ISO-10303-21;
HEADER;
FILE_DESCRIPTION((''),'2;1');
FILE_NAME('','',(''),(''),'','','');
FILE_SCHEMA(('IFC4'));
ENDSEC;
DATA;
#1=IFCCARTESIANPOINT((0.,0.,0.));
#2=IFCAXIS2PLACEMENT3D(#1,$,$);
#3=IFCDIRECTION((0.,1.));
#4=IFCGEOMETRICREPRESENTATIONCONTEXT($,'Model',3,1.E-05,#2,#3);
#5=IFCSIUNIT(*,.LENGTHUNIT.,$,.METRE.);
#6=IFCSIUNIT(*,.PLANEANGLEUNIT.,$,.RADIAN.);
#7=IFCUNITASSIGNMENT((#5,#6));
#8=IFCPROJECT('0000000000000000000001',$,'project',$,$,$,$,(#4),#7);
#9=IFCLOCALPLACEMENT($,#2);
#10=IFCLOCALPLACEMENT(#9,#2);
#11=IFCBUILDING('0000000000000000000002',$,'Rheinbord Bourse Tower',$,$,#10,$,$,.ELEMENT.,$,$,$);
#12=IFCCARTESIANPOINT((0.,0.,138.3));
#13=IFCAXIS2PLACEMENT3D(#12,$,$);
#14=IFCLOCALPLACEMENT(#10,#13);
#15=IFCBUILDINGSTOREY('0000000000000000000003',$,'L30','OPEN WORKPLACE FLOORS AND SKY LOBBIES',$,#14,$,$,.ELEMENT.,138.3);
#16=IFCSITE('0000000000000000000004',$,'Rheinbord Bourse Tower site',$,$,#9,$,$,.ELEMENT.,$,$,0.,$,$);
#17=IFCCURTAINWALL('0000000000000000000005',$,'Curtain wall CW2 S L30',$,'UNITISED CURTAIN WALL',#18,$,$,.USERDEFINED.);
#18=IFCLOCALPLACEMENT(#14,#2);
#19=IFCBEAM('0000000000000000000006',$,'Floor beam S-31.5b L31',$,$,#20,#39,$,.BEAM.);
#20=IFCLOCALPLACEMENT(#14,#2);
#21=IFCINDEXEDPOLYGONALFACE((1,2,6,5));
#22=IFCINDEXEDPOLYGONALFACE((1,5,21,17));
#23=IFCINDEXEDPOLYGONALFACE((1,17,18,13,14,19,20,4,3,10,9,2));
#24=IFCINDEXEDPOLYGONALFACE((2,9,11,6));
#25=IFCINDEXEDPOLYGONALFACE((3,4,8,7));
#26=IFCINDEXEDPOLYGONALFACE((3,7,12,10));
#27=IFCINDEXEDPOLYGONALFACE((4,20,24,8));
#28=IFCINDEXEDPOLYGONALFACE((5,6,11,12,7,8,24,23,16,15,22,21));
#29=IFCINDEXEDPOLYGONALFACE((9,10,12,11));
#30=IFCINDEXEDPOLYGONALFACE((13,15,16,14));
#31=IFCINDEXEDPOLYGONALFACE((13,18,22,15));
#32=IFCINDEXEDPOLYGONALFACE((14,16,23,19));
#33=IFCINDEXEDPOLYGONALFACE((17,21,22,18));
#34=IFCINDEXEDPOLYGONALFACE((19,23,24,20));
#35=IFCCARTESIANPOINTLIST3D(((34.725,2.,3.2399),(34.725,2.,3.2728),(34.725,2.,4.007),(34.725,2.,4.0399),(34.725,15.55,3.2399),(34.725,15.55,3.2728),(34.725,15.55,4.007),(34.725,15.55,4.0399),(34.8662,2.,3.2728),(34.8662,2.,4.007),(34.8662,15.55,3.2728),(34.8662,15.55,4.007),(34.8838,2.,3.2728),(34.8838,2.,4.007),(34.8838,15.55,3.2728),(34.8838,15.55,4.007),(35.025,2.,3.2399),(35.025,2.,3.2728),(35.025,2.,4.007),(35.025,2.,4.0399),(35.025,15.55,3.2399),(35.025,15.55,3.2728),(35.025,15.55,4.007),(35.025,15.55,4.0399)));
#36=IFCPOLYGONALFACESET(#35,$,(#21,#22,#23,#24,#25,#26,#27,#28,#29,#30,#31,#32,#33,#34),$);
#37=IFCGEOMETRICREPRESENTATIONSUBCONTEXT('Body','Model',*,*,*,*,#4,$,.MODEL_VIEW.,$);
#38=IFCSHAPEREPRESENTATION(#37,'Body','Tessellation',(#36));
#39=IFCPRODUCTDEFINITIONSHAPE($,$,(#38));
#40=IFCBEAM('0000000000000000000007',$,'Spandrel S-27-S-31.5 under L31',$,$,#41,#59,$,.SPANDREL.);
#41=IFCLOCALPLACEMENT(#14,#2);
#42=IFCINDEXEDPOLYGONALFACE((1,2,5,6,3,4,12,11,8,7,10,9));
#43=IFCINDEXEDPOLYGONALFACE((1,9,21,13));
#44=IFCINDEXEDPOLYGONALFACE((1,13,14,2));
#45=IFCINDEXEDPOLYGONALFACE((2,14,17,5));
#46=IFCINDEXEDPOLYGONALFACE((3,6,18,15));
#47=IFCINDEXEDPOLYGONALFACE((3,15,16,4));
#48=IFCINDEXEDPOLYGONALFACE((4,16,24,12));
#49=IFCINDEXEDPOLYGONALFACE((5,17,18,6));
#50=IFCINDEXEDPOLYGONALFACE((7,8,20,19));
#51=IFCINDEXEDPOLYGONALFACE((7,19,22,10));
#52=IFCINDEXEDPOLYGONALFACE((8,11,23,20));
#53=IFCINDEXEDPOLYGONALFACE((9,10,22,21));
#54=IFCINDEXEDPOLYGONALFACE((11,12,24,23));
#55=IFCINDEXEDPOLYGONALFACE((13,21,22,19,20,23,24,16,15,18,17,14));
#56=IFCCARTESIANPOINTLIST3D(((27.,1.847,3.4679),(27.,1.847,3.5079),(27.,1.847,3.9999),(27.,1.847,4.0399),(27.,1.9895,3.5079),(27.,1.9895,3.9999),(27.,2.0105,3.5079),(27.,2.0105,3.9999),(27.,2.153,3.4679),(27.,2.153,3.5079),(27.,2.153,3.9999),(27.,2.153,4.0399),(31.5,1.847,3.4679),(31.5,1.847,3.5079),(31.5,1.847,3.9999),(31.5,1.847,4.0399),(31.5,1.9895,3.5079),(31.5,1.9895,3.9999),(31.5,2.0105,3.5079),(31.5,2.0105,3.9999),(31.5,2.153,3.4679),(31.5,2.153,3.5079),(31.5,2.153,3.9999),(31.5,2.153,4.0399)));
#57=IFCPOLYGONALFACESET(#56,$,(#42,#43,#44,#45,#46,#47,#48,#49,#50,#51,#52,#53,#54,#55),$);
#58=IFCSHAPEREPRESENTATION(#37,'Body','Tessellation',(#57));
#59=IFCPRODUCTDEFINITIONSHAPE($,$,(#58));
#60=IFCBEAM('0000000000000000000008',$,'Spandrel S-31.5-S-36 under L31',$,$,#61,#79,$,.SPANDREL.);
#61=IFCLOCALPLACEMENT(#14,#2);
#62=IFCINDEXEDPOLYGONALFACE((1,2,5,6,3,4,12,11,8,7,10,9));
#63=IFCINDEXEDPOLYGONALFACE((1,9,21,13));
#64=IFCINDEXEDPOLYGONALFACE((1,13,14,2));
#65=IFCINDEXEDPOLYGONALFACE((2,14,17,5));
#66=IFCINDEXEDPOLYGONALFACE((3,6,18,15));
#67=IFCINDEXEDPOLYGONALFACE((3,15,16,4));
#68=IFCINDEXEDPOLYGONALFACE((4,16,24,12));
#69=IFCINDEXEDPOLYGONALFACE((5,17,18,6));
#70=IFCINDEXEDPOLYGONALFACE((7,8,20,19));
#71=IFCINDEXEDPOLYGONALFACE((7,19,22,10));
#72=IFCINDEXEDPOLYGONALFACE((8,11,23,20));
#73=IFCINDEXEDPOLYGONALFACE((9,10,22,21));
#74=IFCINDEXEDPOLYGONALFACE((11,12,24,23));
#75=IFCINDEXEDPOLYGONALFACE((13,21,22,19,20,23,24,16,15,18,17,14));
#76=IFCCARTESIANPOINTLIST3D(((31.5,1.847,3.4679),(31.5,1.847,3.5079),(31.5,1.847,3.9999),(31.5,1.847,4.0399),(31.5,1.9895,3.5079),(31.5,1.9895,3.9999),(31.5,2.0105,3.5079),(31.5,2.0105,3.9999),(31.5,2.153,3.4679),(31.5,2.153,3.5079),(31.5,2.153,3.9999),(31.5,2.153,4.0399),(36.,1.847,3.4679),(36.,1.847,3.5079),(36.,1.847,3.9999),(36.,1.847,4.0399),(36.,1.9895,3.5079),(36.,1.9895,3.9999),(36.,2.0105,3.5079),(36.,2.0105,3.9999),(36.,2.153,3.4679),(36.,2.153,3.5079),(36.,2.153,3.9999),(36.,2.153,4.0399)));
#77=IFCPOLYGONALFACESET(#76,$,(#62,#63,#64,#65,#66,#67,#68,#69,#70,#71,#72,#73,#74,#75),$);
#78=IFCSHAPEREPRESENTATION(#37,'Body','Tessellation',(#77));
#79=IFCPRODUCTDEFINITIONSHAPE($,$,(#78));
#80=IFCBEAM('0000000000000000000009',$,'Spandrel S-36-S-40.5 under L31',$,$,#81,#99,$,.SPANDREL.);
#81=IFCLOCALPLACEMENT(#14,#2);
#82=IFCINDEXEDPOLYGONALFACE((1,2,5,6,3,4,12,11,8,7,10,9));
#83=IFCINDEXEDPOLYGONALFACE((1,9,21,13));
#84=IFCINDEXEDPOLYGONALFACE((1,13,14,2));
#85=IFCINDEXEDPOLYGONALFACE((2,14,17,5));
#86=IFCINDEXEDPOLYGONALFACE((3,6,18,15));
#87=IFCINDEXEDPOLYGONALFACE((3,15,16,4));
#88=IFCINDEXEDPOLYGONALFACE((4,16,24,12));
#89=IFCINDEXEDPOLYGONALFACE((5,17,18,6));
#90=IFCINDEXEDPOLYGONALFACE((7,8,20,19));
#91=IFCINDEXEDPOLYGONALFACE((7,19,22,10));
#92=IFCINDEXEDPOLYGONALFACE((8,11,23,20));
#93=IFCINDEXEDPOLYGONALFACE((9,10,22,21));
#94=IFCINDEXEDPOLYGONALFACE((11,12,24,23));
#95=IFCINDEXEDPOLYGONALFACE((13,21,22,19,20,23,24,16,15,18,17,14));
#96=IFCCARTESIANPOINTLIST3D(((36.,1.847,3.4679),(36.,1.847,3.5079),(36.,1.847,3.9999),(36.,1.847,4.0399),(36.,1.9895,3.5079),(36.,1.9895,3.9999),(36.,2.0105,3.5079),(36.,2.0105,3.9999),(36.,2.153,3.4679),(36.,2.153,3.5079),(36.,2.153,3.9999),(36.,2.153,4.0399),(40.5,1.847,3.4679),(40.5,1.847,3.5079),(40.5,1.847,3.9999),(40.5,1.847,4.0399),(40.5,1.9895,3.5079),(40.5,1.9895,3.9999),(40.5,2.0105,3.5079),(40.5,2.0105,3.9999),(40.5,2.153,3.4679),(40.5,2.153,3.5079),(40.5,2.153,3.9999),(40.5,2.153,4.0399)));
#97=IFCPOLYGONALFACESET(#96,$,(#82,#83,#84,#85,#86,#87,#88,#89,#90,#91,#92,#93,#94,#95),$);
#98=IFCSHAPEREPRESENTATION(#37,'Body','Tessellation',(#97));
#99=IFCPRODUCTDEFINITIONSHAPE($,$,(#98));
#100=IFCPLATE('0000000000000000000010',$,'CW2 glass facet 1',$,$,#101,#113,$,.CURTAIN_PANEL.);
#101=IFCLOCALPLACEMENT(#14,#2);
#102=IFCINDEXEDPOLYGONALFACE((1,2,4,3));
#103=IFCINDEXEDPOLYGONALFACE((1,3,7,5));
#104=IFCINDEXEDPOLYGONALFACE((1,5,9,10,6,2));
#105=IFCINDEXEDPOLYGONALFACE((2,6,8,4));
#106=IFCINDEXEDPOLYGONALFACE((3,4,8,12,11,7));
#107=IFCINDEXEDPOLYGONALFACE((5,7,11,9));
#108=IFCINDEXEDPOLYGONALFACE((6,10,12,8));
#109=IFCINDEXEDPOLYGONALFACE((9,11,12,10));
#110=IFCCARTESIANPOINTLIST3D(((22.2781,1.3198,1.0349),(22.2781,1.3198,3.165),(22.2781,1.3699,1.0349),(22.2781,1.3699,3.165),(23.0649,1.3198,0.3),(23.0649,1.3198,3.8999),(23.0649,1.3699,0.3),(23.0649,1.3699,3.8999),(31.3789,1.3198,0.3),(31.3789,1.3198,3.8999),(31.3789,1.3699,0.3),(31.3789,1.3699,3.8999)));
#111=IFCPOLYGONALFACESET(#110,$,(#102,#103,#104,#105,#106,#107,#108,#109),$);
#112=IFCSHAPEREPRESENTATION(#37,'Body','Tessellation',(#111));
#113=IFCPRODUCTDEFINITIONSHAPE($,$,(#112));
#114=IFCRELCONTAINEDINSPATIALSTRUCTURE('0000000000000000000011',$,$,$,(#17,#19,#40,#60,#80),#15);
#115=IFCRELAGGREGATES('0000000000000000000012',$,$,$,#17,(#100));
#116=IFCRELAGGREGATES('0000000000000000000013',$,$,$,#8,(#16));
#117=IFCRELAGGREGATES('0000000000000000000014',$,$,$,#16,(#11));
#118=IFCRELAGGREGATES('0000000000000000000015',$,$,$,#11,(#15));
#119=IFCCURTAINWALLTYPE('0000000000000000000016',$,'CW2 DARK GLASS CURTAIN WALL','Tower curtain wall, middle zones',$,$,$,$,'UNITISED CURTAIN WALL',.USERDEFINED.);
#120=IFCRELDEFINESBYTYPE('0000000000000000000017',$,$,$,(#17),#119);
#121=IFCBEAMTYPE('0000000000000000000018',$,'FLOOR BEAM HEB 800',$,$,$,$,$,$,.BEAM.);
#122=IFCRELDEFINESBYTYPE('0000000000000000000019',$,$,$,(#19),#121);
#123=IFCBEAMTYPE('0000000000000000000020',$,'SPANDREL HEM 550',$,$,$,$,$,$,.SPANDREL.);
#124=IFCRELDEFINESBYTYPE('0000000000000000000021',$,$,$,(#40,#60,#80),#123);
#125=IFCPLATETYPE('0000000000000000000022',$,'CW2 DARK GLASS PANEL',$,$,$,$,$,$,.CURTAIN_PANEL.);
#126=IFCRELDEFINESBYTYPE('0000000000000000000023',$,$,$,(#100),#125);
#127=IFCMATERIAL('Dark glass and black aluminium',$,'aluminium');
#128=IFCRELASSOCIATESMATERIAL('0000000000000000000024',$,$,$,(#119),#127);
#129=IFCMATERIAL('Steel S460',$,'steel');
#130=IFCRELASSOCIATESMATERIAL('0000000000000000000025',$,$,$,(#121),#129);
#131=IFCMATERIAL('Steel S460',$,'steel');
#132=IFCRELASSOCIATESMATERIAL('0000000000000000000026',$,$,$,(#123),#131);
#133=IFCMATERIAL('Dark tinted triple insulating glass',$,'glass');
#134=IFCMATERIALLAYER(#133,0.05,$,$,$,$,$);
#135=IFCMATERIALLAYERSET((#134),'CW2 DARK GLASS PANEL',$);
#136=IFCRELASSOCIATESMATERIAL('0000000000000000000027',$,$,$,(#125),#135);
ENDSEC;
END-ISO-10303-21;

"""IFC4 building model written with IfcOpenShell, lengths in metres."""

from ifc_helpers import new_model, si_unit, direction, frame, origin, origin_2d, place, context, subcontext, project, spatial, polyline, i_section, outline, extrude, material, layer, layer_set, material_profile, profile_set, type_object, element, aggregate, save


model = new_model("IFC4")

# Units and contexts
model_context = context("Model", 3, precision=1e-05, world=origin(), true_north=direction((0.0, 1.0)))
body_context = subcontext(model_context, "Body", "Model", "MODEL_VIEW")
ifc_project = project(units=[si_unit("LENGTHUNIT", "METRE"), si_unit("PLANEANGLEUNIT", "RADIAN")], contexts=[model_context])

# Site, building, storey
site_placement = place(None, origin())
site = spatial("IfcSite", under=ifc_project, at=site_placement, Name="Rheinbord Bourse Tower site", CompositionType="ELEMENT", RefElevation=0.0)
building_placement = place(site_placement, origin())
building = spatial("IfcBuilding", under=site, at=building_placement, Name="Rheinbord Bourse Tower", CompositionType="ELEMENT")
storey_placement = place(building_placement, frame((0.0, 0.0, 138.3)))
storey = spatial("IfcBuildingStorey", under=building, at=storey_placement, Name="L30", Description="OPEN WORKPLACE FLOORS AND SKY LOBBIES", CompositionType="ELEMENT", Elevation=138.3)

# Curtain wall
ifc_material_1 = material(Name="Dark glass and black aluminium", Category="aluminium")
curtain_wall_type = type_object("IfcCurtainWallType", Name="CW2 DARK GLASS CURTAIN WALL", Description="Tower curtain wall, middle zones", ElementType="UNITISED CURTAIN WALL", PredefinedType="USERDEFINED", material=ifc_material_1)
curtain_wall_placement = place(storey_placement, origin())
curtain_wall = element("IfcCurtainWall", 1, at=curtain_wall_placement, inside=storey, type_object=curtain_wall_type, Name="Curtain wall CW2 S L30", ObjectType="UNITISED CURTAIN WALL", PredefinedType="USERDEFINED")

# Beams
ifc_material_2 = material(Name="Steel S460", Category="steel")
ifc_material_profile_1 = material_profile(ifc_material_2, i_section(OverallWidth=0.3, OverallDepth=0.8, WebThickness=0.0176, FlangeThickness=0.033, at=origin_2d()), Name="HEB 800")
ifc_profile_set_1 = profile_set([ifc_material_profile_1], Name="Steel S460")
beam_type_1 = type_object("IfcBeamType", Name="FLOOR BEAM HEB 800", PredefinedType="BEAM", material=ifc_profile_set_1)
for number, where, z_axis, x_axis, name in (
    (2, (34.875, 2.0, 3.6399), (0.0, 1.0, 0.0), (-1.0, 0.0, 0.0), "Floor beam S-31.5b L31"),
):
    element("IfcBeam", number, at=place(storey_placement, frame(where, z_axis=z_axis, x_axis=x_axis)), inside=storey, type_object=beam_type_1, Name=name, PredefinedType="BEAM", context=body_context, shape_type="SweptSolid", body=[
        extrude(i_section(OverallWidth=0.3, OverallDepth=0.8, WebThickness=0.0176, FlangeThickness=0.033, at=origin_2d()), origin(), (0.0, 0.0, 1.0), 13.55),
    ])
ifc_material_3 = material(Name="Steel S460", Category="steel")
ifc_material_profile_2 = material_profile(ifc_material_3, i_section(OverallWidth=0.3059, OverallDepth=0.572, WebThickness=0.021, FlangeThickness=0.04, at=origin_2d()), Name="HEM 550")
ifc_profile_set_2 = profile_set([ifc_material_profile_2], Name="Steel S460")
beam_type_2 = type_object("IfcBeamType", Name="SPANDREL HEM 550", PredefinedType="SPANDREL", material=ifc_profile_set_2)
for number, where, z_axis, x_axis, name in (
    (3, (27.0, 2.0, 3.7539), (1.0, 0.0, 0.0), (0.0, 1.0, 0.0), "Spandrel S-27-S-31.5 under L31"),
    (4, (31.5, 2.0, 3.7539), (1.0, 0.0, 0.0), (0.0, 1.0, 0.0), "Spandrel S-31.5-S-36 under L31"),
    (5, (36.0, 2.0, 3.7539), (1.0, 0.0, 0.0), (0.0, 1.0, 0.0), "Spandrel S-36-S-40.5 under L31"),
):
    element("IfcBeam", number, at=place(storey_placement, frame(where, z_axis=z_axis, x_axis=x_axis)), inside=storey, type_object=beam_type_2, Name=name, PredefinedType="SPANDREL", context=body_context, shape_type="SweptSolid", body=[
        extrude(i_section(OverallWidth=0.3059, OverallDepth=0.572, WebThickness=0.021, FlangeThickness=0.04, at=origin_2d()), origin(), (0.0, 0.0, 1.0), 4.5),
    ])

# Plate
ifc_material_4 = material(Name="Dark tinted triple insulating glass", Category="glass")
ifc_layer = layer(ifc_material_4, 0.05)
ifc_layer_set = layer_set([ifc_layer], Name="CW2 DARK GLASS PANEL")
plate_type = type_object("IfcPlateType", Name="CW2 DARK GLASS PANEL", PredefinedType="CURTAIN_PANEL", material=ifc_layer_set)
plate_placement = place(storey_placement, frame((31.3789, 1.3198, 3.8999), z_axis=(0.0, 1.0, 0.0), x_axis=(0.0, 0.0, -1.0)))
plate = element("IfcPlate", 6, at=plate_placement, type_object=plate_type, Name="CW2 glass facet 1", PredefinedType="CURTAIN_PANEL", context=body_context, shape_type="SweptSolid", body=[
    extrude(outline(polyline([(0.0, 0.0), (3.5999, 0.0), (3.5999, 8.314), (2.865, 9.1008), (0.7349, 9.1008), (0.0, 8.314), (0.0, 0.0)])), origin(), (0.0, 0.0, 1.0), 0.05),
])
aggregate(curtain_wall, [plate])

save(model, "model.ifc")
